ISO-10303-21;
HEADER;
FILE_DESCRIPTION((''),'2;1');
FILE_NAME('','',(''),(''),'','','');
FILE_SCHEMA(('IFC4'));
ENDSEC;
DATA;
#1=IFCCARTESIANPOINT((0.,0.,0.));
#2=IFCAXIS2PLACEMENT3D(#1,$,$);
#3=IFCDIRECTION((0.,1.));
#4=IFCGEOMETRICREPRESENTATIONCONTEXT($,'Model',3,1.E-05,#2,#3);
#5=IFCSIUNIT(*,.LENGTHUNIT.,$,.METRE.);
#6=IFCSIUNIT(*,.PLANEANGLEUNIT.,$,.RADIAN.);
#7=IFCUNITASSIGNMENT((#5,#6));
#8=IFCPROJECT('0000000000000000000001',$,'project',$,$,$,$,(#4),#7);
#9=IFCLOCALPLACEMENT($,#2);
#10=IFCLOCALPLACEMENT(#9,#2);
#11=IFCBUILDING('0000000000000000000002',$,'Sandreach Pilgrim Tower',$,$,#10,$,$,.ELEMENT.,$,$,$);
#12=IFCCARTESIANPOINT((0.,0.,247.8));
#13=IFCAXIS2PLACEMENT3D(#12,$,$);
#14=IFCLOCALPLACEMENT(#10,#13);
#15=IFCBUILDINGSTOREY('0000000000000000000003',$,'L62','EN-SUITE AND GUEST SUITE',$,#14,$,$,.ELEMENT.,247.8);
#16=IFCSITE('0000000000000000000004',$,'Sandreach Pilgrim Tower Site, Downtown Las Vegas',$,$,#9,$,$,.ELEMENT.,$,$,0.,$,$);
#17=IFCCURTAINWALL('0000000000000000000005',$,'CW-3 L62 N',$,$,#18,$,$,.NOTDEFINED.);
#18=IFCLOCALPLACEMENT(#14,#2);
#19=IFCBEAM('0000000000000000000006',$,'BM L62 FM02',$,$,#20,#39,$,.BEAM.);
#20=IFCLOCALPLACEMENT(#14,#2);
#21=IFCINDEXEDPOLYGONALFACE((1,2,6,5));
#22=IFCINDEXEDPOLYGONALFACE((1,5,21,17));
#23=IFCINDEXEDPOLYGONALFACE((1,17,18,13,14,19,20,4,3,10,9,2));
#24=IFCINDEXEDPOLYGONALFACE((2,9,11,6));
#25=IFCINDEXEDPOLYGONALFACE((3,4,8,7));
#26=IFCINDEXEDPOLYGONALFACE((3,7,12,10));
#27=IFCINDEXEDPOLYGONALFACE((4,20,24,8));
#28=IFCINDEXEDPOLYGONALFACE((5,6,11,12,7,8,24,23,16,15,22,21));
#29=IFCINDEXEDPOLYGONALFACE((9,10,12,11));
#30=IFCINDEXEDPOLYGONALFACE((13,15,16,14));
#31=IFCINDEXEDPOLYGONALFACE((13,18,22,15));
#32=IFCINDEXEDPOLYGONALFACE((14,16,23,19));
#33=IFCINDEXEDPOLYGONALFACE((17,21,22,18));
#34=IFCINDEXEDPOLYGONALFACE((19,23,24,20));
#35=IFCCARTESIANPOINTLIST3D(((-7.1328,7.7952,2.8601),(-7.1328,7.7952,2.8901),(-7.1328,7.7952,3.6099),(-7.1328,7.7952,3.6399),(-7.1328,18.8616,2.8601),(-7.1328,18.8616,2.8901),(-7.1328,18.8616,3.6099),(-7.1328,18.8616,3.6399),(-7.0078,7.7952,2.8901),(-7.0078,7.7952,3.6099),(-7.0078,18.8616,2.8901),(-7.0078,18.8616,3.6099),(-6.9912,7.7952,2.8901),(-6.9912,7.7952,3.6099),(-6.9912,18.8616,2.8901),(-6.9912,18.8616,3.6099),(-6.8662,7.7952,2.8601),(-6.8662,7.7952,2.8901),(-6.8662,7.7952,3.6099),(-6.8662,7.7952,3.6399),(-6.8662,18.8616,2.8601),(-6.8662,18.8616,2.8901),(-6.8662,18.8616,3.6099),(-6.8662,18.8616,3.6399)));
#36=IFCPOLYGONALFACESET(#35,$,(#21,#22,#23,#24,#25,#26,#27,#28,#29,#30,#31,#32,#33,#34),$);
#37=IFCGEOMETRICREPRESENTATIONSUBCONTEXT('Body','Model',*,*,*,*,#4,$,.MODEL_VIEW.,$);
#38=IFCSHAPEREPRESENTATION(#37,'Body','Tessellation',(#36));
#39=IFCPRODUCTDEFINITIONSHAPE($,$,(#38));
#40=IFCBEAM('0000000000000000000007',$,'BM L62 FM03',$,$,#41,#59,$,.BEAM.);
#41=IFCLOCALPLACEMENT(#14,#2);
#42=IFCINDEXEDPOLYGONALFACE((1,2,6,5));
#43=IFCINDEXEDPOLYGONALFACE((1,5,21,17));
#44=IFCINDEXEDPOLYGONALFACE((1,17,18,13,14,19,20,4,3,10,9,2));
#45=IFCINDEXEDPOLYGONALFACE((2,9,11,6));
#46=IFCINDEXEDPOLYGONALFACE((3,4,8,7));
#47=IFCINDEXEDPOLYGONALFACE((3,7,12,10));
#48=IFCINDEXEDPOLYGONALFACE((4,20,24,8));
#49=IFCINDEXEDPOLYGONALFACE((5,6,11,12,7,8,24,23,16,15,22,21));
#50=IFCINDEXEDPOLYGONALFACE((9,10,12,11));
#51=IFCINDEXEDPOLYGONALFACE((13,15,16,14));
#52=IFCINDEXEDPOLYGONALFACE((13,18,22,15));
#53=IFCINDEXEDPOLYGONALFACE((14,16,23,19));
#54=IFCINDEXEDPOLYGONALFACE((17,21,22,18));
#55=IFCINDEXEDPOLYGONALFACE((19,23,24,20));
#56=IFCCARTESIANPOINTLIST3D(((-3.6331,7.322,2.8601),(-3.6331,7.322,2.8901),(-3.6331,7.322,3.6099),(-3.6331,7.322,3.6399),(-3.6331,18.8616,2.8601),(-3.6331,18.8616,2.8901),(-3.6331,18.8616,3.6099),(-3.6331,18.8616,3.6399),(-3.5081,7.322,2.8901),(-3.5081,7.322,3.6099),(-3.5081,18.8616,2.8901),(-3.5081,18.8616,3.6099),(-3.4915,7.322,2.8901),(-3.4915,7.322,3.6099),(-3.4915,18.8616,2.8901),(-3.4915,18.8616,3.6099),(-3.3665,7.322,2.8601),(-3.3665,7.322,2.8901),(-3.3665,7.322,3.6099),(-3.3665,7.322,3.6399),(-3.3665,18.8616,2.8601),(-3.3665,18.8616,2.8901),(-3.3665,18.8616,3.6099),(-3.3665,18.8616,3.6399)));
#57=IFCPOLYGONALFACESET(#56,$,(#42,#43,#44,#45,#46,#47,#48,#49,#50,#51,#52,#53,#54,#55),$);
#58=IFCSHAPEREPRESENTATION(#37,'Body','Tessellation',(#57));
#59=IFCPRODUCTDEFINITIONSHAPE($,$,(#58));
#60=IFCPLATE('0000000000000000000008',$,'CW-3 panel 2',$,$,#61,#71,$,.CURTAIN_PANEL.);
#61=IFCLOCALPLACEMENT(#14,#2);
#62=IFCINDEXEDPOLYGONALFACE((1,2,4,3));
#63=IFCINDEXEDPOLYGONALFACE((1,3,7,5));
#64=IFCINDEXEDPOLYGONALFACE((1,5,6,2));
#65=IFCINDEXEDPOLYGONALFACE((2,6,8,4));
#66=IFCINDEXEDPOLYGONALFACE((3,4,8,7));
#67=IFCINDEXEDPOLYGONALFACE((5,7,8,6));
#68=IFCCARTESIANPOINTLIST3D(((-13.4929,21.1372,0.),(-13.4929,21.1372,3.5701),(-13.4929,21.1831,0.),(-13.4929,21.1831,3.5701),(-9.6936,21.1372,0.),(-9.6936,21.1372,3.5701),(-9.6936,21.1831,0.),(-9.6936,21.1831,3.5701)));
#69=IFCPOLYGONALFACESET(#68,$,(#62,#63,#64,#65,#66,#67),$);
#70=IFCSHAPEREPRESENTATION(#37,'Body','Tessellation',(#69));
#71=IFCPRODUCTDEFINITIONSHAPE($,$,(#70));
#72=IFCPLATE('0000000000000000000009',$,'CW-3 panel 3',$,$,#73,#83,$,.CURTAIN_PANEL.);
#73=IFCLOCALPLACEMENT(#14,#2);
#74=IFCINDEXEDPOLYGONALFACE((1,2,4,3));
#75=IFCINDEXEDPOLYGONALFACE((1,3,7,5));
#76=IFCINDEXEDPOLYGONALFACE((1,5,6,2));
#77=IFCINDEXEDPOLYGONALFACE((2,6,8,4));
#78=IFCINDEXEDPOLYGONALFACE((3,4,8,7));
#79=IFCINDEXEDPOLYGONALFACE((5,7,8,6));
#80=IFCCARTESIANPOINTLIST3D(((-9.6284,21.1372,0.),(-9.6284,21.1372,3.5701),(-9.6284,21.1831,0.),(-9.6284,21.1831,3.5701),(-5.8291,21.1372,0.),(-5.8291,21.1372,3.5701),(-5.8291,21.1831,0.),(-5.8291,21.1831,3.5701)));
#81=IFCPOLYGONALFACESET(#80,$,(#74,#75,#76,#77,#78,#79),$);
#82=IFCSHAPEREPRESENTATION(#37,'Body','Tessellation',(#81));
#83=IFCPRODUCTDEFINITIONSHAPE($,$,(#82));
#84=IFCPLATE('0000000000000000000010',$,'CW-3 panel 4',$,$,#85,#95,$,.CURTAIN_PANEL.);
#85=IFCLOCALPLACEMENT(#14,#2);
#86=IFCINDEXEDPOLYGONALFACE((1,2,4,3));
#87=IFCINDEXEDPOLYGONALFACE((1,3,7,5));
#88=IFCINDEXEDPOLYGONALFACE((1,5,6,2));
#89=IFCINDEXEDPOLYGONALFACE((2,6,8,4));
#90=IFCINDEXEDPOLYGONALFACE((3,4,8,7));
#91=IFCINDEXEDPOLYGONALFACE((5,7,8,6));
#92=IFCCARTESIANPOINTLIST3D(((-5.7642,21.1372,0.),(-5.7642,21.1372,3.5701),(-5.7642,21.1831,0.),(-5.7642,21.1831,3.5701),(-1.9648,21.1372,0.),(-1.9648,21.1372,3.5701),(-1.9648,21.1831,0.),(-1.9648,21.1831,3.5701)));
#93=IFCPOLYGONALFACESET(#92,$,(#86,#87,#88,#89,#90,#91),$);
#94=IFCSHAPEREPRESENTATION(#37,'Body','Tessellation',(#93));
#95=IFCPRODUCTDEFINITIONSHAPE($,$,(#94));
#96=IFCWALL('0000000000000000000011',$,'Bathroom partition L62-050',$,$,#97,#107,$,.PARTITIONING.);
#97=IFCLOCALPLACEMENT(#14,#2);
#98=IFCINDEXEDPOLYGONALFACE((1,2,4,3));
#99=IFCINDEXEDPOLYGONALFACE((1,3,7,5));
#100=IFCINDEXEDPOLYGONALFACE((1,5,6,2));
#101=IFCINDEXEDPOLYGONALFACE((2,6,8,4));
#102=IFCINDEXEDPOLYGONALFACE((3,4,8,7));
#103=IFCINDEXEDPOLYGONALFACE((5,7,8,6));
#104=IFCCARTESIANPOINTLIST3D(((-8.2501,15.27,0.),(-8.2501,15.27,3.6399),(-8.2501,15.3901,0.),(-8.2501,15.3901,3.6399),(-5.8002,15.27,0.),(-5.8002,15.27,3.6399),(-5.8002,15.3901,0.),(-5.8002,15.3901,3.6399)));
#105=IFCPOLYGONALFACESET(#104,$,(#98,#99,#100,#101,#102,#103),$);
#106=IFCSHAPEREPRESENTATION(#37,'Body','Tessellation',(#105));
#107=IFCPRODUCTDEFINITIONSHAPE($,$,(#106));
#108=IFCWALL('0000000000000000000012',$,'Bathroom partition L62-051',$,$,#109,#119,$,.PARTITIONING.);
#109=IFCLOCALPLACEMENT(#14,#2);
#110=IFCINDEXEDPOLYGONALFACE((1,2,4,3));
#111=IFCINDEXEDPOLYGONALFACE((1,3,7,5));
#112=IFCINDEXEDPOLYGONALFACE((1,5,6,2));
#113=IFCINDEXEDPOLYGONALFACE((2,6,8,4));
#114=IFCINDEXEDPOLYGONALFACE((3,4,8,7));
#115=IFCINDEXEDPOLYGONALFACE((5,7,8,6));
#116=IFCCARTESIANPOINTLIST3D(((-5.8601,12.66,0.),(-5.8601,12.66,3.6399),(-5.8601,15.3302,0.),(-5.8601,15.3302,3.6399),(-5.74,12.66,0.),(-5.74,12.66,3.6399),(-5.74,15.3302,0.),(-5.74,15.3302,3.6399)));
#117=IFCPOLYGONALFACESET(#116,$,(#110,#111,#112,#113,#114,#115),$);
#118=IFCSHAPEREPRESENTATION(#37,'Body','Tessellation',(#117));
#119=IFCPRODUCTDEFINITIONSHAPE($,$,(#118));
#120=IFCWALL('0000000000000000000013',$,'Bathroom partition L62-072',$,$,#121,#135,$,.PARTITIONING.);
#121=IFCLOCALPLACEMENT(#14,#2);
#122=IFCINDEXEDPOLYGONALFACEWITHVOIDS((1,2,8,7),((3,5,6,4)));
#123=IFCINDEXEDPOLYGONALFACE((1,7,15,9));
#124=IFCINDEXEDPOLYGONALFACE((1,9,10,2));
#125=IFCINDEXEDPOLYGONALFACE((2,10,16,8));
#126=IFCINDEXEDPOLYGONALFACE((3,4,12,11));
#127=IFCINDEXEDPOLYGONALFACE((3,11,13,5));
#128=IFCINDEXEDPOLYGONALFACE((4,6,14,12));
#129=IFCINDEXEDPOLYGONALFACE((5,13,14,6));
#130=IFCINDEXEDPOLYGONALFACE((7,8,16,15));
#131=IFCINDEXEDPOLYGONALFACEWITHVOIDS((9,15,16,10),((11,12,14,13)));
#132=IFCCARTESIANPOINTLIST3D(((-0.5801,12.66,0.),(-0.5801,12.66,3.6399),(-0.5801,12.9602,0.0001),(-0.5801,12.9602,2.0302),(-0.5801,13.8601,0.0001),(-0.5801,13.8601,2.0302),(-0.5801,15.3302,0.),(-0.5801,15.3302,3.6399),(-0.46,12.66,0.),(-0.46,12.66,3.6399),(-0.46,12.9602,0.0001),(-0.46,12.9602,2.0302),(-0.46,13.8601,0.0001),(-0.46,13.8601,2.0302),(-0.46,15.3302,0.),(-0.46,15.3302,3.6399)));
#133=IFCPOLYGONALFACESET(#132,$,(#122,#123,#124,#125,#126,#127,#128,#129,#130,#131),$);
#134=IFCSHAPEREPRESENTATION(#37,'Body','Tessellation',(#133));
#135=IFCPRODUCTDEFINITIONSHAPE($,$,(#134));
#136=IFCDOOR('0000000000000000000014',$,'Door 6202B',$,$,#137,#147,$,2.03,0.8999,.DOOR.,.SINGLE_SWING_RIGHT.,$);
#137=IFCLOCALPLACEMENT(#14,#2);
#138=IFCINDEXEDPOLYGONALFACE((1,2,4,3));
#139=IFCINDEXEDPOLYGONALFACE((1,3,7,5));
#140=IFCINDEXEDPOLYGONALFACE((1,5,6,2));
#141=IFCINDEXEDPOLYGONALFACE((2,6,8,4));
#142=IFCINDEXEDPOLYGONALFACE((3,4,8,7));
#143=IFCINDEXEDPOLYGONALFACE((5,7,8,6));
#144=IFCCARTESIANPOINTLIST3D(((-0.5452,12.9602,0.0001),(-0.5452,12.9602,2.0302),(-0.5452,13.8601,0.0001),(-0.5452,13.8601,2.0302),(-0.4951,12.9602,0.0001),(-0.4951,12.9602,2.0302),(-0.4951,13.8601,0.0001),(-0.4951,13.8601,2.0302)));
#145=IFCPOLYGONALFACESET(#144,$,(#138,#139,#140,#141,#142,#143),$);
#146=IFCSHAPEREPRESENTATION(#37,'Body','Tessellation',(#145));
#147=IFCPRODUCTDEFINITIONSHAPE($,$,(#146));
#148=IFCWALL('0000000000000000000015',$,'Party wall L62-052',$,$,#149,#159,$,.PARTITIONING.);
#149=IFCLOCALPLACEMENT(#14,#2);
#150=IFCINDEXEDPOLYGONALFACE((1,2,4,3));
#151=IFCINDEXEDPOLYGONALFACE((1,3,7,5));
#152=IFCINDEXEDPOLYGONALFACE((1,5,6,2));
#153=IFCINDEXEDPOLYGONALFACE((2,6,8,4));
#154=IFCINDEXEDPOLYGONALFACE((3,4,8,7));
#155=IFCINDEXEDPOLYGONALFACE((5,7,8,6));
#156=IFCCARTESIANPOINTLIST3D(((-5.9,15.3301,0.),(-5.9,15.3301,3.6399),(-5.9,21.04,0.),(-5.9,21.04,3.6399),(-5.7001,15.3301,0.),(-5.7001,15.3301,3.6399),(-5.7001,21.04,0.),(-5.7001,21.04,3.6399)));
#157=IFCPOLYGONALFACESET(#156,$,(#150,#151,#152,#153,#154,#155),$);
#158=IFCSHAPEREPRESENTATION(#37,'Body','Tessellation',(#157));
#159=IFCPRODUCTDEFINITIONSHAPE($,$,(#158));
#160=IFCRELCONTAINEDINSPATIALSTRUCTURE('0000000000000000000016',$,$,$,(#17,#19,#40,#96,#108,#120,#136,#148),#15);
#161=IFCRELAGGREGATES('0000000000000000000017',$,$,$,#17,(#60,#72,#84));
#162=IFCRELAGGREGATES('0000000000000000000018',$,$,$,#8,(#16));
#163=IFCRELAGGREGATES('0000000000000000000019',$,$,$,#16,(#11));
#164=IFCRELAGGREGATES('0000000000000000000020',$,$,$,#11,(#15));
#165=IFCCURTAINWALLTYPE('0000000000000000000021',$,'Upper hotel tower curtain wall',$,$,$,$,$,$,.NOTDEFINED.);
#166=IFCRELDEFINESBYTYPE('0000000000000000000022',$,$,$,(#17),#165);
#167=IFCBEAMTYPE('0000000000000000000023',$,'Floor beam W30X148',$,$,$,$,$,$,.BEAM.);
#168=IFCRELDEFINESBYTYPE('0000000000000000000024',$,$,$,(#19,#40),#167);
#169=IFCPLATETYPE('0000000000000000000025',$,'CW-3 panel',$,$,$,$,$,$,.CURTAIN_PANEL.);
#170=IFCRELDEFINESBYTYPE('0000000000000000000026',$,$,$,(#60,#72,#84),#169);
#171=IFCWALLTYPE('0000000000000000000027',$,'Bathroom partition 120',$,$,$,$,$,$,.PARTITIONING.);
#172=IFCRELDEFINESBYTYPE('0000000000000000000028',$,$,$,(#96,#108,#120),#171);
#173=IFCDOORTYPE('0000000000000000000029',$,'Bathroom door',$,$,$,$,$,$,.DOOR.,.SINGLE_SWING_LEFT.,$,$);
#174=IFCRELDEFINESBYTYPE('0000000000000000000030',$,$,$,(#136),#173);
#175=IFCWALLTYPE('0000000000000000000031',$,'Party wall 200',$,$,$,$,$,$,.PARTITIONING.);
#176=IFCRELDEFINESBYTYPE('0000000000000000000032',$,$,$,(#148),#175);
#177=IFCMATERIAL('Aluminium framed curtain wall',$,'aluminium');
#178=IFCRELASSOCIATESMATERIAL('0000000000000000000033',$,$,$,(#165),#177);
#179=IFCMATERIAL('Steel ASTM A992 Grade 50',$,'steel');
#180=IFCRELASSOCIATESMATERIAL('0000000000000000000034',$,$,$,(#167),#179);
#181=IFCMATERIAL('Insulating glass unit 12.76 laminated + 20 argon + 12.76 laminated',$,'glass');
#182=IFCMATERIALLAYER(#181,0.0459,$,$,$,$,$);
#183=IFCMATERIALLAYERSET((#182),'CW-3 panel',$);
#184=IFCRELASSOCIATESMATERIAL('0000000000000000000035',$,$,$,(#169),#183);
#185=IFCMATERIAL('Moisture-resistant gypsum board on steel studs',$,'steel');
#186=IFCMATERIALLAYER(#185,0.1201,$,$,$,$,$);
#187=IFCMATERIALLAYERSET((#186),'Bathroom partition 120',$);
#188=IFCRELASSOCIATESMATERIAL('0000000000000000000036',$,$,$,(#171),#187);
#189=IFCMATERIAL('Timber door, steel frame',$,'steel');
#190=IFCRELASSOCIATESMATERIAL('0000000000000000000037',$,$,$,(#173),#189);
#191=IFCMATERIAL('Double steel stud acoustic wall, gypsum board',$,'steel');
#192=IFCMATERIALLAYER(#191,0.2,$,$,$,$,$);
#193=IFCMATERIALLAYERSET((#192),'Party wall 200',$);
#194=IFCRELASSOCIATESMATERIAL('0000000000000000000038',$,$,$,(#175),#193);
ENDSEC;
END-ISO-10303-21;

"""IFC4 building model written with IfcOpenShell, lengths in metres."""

from ifc_helpers import new_model, si_unit, direction, frame, frame_2d, origin, origin_2d, place, context, subcontext, project, spatial, rectangle, i_section, extrude, material, layer, layer_set, material_profile, profile_set, type_object, element, fill, aggregate, save


model = new_model("IFC4")

# Units and contexts
model_context = context("Model", 3, precision=1e-05, world=origin(), true_north=direction((0.0, 1.0)))
body_context = subcontext(model_context, "Body", "Model", "MODEL_VIEW")
ifc_project = project(units=[si_unit("LENGTHUNIT", "METRE"), si_unit("PLANEANGLEUNIT", "RADIAN")], contexts=[model_context])

# Site, building, storey
site_placement = place(None, origin())
site = spatial("IfcSite", under=ifc_project, at=site_placement, Name="Sandreach Pilgrim Tower Site, Downtown Las Vegas", CompositionType="ELEMENT", RefElevation=0.0)
building_placement = place(site_placement, origin())
building = spatial("IfcBuilding", under=site, at=building_placement, Name="Sandreach Pilgrim Tower", CompositionType="ELEMENT")
storey_placement = place(building_placement, frame((0.0, 0.0, 247.8)))
storey = spatial("IfcBuildingStorey", under=building, at=storey_placement, Name="L62", Description="EN-SUITE AND GUEST SUITE", CompositionType="ELEMENT", Elevation=247.8)

# Curtain wall
ifc_material_1 = material(Name="Aluminium framed curtain wall", Category="aluminium")
curtain_wall_type = type_object("IfcCurtainWallType", Name="Upper hotel tower curtain wall", PredefinedType="NOTDEFINED", material=ifc_material_1)
curtain_wall_placement = place(storey_placement, origin())
curtain_wall = element("IfcCurtainWall", 1, at=curtain_wall_placement, inside=storey, type_object=curtain_wall_type, Name="CW-3 L62 N", PredefinedType="NOTDEFINED")

# Beams
ifc_material_2 = material(Name="Steel ASTM A992 Grade 50", Category="steel")
ifc_material_profile_1 = material_profile(ifc_material_2, i_section(OverallWidth=0.2666, OverallDepth=0.7798, WebThickness=0.0166, FlangeThickness=0.03, at=origin_2d()), Name="W30X148")
ifc_profile_set_1 = profile_set([ifc_material_profile_1], Name="Steel ASTM A992 Grade 50")
beam_type_1 = type_object("IfcBeamType", Name="Floor beam W30X148", PredefinedType="BEAM", material=ifc_profile_set_1)
beam_1_placement = place(storey_placement, frame((-6.9995, 18.8616, 3.25), z_axis=(0.0, -1.0, 0.0), x_axis=(1.0, 0.0, 0.0)))
element("IfcBeam", 2, at=beam_1_placement, inside=storey, type_object=beam_type_1, Name="BM L62 FM02", PredefinedType="BEAM", context=body_context, shape_type="SweptSolid", body=[
    extrude(i_section(OverallWidth=0.2666, OverallDepth=0.7798, WebThickness=0.0166, FlangeThickness=0.03, at=origin_2d()), origin(), (0.0, 0.0, 1.0), 11.0664),
])
beam_2_placement = place(storey_placement, frame((-3.4998, 18.8616, 3.25), z_axis=(0.0, -1.0, 0.0), x_axis=(1.0, 0.0, 0.0)))
element("IfcBeam", 3, at=beam_2_placement, inside=storey, type_object=beam_type_1, Name="BM L62 FM03", PredefinedType="BEAM", context=body_context, shape_type="SweptSolid", body=[
    extrude(i_section(OverallWidth=0.2666, OverallDepth=0.7798, WebThickness=0.0166, FlangeThickness=0.03, at=origin_2d()), origin(), (0.0, 0.0, 1.0), 11.5396),
])

# Plates
ifc_material_3 = material(Name="Insulating glass unit 12.76 laminated + 20 argon + 12.76 laminated", Category="glass")
ifc_layer_1 = layer(ifc_material_3, 0.0459)
ifc_layer_set_1 = layer_set([ifc_layer_1], Name="CW-3 panel")
plate_type = type_object("IfcPlateType", Name="CW-3 panel", PredefinedType="CURTAIN_PANEL", material=ifc_layer_set_1)
plate_1_placement = place(storey_placement, frame((-11.5933, 21.1602, 0.0), z_axis=(0.0, 0.0, 1.0), x_axis=(1.0, 0.0, 0.0)))
plate_1 = element("IfcPlate", 4, at=plate_1_placement, type_object=plate_type, Name="CW-3 panel 2", PredefinedType="CURTAIN_PANEL", context=body_context, shape_type="SweptSolid", body=[
    extrude(rectangle(XDim=3.7993, YDim=0.0459, at=origin_2d()), origin(), (0.0, 0.0, 1.0), 3.5701),
])
plate_2_placement = place(storey_placement, frame((-7.7288, 21.1602, 0.0), z_axis=(0.0, 0.0, 1.0), x_axis=(1.0, 0.0, 0.0)))
plate_2 = element("IfcPlate", 5, at=plate_2_placement, type_object=plate_type, Name="CW-3 panel 3", PredefinedType="CURTAIN_PANEL", context=body_context, shape_type="SweptSolid", body=[
    extrude(rectangle(XDim=3.7993, YDim=0.0459, at=origin_2d()), origin(), (0.0, 0.0, 1.0), 3.5701),
])
plate_3_placement = place(storey_placement, frame((-3.8645, 21.1602, 0.0), z_axis=(0.0, 0.0, 1.0), x_axis=(1.0, 0.0, 0.0)))
plate_3 = element("IfcPlate", 6, at=plate_3_placement, type_object=plate_type, Name="CW-3 panel 4", PredefinedType="CURTAIN_PANEL", context=body_context, shape_type="SweptSolid", body=[
    extrude(rectangle(XDim=3.7993, YDim=0.0459, at=origin_2d()), origin(), (0.0, 0.0, 1.0), 3.5701),
])
aggregate(curtain_wall, [plate_1, plate_2, plate_3])

# Walls
ifc_material_4 = material(Name="Moisture-resistant gypsum board on steel studs", Category="steel")
ifc_layer_2 = layer(ifc_material_4, 0.1201)
ifc_layer_set_2 = layer_set([ifc_layer_2], Name="Bathroom partition 120")
wall_type_1 = type_object("IfcWallType", Name="Bathroom partition 120", PredefinedType="PARTITIONING", material=ifc_layer_set_2)
wall_1_placement = place(storey_placement, frame((-5.8, 15.3301, 0.0), z_axis=(0.0, 0.0, 1.0), x_axis=(-1.0, 0.0, 0.0)))
element("IfcWall", 7, at=wall_1_placement, inside=storey, type_object=wall_type_1, Name="Bathroom partition L62-050", PredefinedType="PARTITIONING", context=body_context, shape_type="SweptSolid", body=[
    extrude(rectangle(XDim=2.45, YDim=0.1201, at=frame_2d((1.2251, 0.0))), origin(), (0.0, 0.0, 1.0), 3.6399),
])
wall_2_placement = place(storey_placement, frame((-5.8, 15.3301, 0.0), z_axis=(0.0, 0.0, 1.0), x_axis=(0.0, -1.0, 0.0)))
element("IfcWall", 8, at=wall_2_placement, inside=storey, type_object=wall_type_1, Name="Bathroom partition L62-051", PredefinedType="PARTITIONING", context=body_context, shape_type="SweptSolid", body=[
    extrude(rectangle(XDim=2.6702, YDim=0.1201, at=frame_2d((1.335, 0.0))), origin(), (0.0, 0.0, 1.0), 3.6399),
])

# Wall, opening, door
wall_3_placement = place(storey_placement, frame((-0.52, 15.3301, 0.0), z_axis=(0.0, 0.0, 1.0), x_axis=(0.0, -1.0, 0.0)))
wall_3 = element("IfcWall", 9, at=wall_3_placement, inside=storey, type_object=wall_type_1, Name="Bathroom partition L62-072", PredefinedType="PARTITIONING", context=body_context, shape_type="SweptSolid", body=[
    extrude(rectangle(XDim=2.6702, YDim=0.1201, at=frame_2d((1.335, 0.0))), origin(), (0.0, 0.0, 1.0), 3.6399),
])
opening_placement = place(wall_3_placement, frame((1.47, 0.0, 0.0)))
opening = element("IfcOpeningElement", 10, at=opening_placement, cuts=wall_3, PredefinedType="OPENING", context=body_context, shape_type="SweptSolid", body=[
    extrude(rectangle(XDim=0.8999, YDim=2.03, at=frame_2d((0.45, 1.0151))), frame((0.0, 0.0601, 0.0), z_axis=(0.0, -1.0, 0.0), x_axis=(1.0, 0.0, 0.0)), (0.0, 0.0, 1.0), 0.1201),
])
ifc_material_5 = material(Name="Timber door, steel frame", Category="steel")
door_type = type_object("IfcDoorType", Name="Bathroom door", OperationType="SINGLE_SWING_LEFT", PredefinedType="DOOR", material=ifc_material_5)
door_placement = place(opening_placement, origin())
door = element("IfcDoor", 11, at=door_placement, inside=storey, type_object=door_type, Name="Door 6202B", OperationType="SINGLE_SWING_RIGHT", OverallHeight=2.03, OverallWidth=0.8999, PredefinedType="DOOR", context=body_context, shape_type="SweptSolid", body=[
    extrude(rectangle(XDim=0.8999, YDim=2.03, at=frame_2d((0.45, 1.0151))), frame((0.0, 0.0249, 0.0), z_axis=(0.0, -1.0, 0.0), x_axis=(1.0, 0.0, 0.0)), (0.0, 0.0, 1.0), 0.05),
])
fill(opening, door)

# Wall
ifc_material_6 = material(Name="Double steel stud acoustic wall, gypsum board", Category="steel")
ifc_layer_3 = layer(ifc_material_6, 0.2)
ifc_layer_set_3 = layer_set([ifc_layer_3], Name="Party wall 200")
wall_type_2 = type_object("IfcWallType", Name="Party wall 200", PredefinedType="PARTITIONING", material=ifc_layer_set_3)
wall_4_placement = place(storey_placement, frame((-5.8, 21.04, 0.0), z_axis=(0.0, 0.0, 1.0), x_axis=(0.0, -1.0, 0.0)))
element("IfcWall", 12, at=wall_4_placement, inside=storey, type_object=wall_type_2, Name="Party wall L62-052", PredefinedType="PARTITIONING", context=body_context, shape_type="SweptSolid", body=[
    extrude(rectangle(XDim=5.71, YDim=0.2, at=frame_2d((2.855, 0.0))), origin(), (0.0, 0.0, 1.0), 3.6399),
])

save(model, "model.ifc")
